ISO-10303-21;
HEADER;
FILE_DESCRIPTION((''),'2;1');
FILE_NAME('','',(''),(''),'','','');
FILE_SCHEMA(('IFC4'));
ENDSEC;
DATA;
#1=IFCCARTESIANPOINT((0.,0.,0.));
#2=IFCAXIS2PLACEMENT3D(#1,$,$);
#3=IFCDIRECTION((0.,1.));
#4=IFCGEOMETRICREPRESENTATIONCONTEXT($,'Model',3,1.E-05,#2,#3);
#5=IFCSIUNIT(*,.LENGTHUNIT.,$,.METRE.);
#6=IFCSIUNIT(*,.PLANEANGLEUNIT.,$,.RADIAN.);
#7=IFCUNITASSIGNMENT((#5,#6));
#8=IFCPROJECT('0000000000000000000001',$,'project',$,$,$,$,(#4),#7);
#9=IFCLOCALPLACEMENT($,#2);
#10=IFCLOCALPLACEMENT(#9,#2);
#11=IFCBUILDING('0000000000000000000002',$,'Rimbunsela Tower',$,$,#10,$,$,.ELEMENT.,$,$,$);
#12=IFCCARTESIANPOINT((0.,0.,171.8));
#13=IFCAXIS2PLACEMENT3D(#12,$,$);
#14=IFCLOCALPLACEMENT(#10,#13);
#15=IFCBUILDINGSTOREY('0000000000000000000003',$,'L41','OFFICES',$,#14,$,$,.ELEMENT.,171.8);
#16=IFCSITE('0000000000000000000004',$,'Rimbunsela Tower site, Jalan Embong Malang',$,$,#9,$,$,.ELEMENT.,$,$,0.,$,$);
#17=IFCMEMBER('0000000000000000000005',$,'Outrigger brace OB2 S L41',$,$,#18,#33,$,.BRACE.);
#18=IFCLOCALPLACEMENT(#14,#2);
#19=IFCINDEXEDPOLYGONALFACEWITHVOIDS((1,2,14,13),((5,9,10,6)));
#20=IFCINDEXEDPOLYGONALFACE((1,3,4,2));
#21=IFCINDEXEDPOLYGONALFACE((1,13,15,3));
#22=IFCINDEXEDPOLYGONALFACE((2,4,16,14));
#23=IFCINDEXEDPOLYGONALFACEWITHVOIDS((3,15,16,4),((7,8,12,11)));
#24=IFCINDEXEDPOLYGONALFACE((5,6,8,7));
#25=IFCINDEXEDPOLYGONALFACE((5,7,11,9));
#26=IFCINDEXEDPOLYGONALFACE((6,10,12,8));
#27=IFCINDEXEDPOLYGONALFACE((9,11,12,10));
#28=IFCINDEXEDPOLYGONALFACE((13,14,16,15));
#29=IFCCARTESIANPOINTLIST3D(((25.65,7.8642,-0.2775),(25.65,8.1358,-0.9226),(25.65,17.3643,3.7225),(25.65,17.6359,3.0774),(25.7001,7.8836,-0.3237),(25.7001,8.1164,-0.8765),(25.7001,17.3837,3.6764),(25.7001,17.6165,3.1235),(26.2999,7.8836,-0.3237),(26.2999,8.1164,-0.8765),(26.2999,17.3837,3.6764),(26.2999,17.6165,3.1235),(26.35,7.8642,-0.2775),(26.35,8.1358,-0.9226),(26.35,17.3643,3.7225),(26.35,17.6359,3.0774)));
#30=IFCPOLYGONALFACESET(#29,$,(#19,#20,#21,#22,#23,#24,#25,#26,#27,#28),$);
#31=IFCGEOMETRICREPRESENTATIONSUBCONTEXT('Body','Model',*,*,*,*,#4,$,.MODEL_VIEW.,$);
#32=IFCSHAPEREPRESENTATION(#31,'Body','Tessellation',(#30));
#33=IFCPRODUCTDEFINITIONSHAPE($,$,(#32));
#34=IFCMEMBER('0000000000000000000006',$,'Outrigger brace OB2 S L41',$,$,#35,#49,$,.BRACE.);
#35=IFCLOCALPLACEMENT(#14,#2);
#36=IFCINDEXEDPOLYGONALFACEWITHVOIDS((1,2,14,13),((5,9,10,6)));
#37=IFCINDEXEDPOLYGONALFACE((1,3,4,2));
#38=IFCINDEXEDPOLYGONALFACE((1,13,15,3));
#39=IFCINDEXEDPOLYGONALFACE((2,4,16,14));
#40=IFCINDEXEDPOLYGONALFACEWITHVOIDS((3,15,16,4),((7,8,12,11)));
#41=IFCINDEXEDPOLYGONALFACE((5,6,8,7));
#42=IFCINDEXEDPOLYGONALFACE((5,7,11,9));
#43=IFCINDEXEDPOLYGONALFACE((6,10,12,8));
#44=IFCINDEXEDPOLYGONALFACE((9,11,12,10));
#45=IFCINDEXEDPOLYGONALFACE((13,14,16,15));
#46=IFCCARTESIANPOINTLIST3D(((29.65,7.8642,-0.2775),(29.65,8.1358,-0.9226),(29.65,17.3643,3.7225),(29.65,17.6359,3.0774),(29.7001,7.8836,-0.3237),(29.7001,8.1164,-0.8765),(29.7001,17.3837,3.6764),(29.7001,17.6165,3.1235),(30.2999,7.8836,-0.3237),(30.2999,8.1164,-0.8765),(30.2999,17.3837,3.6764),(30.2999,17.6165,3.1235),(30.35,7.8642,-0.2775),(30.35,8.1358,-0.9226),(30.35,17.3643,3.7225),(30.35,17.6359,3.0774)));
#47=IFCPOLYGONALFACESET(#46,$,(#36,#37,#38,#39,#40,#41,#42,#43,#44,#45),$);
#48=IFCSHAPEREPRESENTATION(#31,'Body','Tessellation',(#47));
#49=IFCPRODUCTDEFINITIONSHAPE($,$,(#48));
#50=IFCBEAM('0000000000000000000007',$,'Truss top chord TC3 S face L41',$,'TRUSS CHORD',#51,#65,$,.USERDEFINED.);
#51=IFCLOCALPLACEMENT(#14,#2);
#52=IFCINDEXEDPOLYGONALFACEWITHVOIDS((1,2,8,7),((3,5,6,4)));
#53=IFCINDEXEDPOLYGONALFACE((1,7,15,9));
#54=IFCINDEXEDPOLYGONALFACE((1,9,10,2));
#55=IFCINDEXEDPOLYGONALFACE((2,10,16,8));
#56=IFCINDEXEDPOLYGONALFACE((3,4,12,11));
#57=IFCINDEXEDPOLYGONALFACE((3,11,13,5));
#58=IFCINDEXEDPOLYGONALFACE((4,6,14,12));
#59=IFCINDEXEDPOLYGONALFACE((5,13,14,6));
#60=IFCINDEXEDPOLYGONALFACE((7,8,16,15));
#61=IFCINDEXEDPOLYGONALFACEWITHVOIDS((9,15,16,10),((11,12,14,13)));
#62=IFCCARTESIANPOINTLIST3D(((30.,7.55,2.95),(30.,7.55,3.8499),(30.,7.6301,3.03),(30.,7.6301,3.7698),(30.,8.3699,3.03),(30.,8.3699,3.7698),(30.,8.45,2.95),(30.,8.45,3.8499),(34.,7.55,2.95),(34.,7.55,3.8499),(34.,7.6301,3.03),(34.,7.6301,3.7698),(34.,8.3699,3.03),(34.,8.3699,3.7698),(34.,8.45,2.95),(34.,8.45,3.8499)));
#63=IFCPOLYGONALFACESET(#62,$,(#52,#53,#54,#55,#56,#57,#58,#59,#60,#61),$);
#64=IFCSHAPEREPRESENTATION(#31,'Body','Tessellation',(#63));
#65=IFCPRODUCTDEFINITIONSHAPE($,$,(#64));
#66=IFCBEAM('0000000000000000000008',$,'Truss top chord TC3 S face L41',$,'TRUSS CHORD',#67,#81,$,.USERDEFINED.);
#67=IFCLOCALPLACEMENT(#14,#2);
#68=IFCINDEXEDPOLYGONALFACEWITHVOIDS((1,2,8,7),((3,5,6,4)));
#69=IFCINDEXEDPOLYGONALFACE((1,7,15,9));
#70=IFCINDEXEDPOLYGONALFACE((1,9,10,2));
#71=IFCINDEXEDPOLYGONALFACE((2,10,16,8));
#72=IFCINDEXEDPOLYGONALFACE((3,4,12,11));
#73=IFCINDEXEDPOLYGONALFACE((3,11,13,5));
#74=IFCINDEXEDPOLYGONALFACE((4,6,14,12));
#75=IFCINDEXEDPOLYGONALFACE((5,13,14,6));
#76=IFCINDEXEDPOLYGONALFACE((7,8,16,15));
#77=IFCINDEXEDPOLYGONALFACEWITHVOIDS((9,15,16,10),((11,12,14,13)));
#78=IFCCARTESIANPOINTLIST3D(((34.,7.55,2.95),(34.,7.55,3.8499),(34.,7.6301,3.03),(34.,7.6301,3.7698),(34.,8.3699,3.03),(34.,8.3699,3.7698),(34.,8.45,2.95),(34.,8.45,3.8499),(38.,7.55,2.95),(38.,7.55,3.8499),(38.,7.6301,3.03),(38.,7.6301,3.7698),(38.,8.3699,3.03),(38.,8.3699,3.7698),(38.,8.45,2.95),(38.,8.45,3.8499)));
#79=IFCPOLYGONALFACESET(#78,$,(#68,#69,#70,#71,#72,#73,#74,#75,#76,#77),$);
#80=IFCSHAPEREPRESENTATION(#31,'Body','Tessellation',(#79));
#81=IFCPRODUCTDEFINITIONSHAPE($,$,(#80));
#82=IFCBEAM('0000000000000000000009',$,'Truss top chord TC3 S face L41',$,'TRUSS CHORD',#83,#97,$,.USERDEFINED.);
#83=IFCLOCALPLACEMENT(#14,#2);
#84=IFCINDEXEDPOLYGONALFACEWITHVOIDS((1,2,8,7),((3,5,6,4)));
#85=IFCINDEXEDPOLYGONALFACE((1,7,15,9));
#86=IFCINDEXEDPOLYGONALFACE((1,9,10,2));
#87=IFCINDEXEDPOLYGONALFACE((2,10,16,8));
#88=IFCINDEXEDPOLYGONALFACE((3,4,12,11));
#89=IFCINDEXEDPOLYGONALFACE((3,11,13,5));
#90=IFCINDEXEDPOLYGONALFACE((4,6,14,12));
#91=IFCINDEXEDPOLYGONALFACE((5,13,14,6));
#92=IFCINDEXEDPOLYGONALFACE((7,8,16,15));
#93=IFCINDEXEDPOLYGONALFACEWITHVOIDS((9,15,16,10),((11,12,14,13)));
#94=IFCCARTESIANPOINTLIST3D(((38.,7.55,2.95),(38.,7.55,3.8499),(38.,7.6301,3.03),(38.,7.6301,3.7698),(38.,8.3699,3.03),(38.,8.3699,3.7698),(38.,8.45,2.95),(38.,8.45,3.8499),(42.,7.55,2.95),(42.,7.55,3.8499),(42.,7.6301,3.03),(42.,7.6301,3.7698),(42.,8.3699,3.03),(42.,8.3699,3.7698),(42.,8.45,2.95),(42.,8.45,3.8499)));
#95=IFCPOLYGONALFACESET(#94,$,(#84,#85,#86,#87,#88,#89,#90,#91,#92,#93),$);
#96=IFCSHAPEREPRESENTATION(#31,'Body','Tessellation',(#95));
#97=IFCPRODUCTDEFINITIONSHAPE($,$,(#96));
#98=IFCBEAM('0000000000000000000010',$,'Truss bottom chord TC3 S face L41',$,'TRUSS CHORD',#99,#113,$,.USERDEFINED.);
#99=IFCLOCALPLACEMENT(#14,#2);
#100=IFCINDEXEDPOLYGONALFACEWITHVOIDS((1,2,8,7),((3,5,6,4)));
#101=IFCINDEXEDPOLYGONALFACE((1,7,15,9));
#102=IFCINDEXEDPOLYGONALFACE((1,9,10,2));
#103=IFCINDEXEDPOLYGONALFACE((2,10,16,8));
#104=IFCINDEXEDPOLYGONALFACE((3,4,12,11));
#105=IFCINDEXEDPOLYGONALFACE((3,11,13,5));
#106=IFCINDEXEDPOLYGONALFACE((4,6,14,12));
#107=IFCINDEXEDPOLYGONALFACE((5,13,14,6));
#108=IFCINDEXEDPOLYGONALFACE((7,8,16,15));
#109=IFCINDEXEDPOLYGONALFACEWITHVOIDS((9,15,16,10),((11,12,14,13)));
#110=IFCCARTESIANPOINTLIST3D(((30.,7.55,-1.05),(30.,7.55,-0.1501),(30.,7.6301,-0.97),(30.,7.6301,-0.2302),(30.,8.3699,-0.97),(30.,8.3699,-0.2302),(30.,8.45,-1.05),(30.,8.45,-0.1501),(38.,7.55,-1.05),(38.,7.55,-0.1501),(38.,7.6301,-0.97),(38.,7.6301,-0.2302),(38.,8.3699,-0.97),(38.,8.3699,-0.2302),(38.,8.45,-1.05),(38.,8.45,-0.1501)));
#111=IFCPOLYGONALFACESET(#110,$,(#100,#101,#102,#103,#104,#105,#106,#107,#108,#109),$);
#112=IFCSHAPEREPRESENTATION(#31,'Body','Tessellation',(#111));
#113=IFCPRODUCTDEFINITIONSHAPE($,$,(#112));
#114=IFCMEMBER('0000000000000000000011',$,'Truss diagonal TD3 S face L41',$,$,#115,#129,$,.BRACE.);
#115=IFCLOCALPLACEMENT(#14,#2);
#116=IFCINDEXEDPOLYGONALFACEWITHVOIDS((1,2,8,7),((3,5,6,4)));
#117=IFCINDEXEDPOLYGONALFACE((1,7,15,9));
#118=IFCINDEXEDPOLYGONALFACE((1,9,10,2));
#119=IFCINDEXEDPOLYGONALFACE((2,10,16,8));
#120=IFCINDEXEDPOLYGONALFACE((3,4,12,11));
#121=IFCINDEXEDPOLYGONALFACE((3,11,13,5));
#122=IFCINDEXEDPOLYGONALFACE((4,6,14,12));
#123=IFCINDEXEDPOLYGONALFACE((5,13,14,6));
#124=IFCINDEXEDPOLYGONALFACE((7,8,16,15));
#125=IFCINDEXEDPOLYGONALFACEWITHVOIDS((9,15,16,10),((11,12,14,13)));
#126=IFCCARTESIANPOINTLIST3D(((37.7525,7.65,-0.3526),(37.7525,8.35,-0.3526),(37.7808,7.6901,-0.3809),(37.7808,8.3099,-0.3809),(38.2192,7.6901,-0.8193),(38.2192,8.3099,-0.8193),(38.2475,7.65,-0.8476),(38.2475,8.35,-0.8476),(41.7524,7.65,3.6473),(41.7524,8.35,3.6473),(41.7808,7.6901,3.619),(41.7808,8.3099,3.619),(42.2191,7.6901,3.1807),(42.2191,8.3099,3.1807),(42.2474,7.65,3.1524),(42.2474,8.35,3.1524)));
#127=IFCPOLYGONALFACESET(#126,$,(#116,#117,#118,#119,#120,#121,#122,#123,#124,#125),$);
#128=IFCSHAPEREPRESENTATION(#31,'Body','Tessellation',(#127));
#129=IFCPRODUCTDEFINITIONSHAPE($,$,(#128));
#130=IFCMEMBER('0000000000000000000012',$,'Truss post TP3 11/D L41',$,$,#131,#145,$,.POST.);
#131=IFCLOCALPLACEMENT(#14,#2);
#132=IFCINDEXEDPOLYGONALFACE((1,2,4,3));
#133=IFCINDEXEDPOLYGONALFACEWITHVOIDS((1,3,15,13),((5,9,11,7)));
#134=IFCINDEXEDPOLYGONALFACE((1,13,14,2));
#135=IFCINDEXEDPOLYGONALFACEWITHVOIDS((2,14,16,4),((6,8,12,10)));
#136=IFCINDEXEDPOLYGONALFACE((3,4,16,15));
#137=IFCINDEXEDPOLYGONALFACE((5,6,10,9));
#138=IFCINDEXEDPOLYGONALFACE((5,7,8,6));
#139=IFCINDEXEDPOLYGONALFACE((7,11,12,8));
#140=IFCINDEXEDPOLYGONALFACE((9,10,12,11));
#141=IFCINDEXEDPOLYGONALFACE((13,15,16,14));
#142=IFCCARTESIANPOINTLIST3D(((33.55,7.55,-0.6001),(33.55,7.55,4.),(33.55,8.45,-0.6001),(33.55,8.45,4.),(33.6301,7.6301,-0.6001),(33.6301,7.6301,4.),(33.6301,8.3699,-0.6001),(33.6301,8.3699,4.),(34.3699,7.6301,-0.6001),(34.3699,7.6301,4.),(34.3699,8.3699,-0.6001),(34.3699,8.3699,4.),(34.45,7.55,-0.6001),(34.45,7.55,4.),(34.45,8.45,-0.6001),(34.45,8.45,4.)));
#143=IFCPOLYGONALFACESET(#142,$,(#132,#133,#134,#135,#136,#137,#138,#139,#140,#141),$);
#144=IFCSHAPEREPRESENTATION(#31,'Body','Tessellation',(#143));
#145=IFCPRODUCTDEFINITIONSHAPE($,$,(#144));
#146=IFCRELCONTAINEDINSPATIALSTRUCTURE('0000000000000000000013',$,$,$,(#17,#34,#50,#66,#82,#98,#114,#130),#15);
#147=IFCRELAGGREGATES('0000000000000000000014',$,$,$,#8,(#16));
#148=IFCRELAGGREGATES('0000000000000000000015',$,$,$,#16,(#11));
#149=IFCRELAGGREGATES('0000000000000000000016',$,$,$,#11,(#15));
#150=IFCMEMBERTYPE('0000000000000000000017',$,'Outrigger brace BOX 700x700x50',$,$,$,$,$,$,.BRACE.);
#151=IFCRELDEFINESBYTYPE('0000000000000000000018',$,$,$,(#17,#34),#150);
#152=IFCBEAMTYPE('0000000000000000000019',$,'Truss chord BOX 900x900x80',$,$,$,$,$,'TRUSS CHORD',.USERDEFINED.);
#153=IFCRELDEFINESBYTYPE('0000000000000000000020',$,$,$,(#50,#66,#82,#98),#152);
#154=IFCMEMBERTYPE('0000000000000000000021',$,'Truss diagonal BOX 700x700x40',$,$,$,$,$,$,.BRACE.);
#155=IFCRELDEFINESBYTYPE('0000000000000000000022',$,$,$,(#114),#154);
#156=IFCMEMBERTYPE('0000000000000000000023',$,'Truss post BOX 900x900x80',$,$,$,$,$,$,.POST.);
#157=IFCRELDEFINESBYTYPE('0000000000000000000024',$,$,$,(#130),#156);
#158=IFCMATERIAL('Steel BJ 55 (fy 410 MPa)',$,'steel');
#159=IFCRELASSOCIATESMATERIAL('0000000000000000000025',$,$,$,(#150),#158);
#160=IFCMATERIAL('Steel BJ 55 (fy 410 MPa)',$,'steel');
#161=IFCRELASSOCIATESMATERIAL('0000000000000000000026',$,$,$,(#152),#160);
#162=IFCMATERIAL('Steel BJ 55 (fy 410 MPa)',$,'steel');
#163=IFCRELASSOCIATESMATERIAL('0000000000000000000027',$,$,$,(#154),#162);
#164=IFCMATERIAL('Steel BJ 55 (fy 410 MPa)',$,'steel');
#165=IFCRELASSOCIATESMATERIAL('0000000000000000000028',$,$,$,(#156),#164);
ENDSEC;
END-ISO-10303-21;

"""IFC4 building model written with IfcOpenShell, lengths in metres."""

from ifc_helpers import new_model, si_unit, direction, frame, origin, origin_2d, place, context, subcontext, project, spatial, hollow_rectangle, extrude, material, material_profile, profile_set, type_object, element, save


model = new_model("IFC4")

# Units and contexts
model_context = context("Model", 3, precision=1e-05, world=origin(), true_north=direction((0.0, 1.0)))
body_context = subcontext(model_context, "Body", "Model", "MODEL_VIEW")
ifc_project = project(units=[si_unit("LENGTHUNIT", "METRE"), si_unit("PLANEANGLEUNIT", "RADIAN")], contexts=[model_context])

# Site, building, storey
site_placement = place(None, origin())
site = spatial("IfcSite", under=ifc_project, at=site_placement, Name="Rimbunsela Tower site, Jalan Embong Malang", CompositionType="ELEMENT", RefElevation=0.0)
building_placement = place(site_placement, origin())
building = spatial("IfcBuilding", under=site, at=building_placement, Name="Rimbunsela Tower", CompositionType="ELEMENT")
storey_placement = place(building_placement, frame((0.0, 0.0, 171.8)))
storey = spatial("IfcBuildingStorey", under=building, at=storey_placement, Name="L41", Description="OFFICES", CompositionType="ELEMENT", Elevation=171.8)

# Members
ifc_material_1 = material(Name="Steel BJ 55 (fy 410 MPa)", Category="steel")
ifc_material_profile_1 = material_profile(ifc_material_1, hollow_rectangle(XDim=0.7, YDim=0.7, WallThickness=0.05, at=origin_2d()), Name="BOX 700x700x50")
ifc_profile_set_1 = profile_set([ifc_material_profile_1], Name="Steel BJ 55 (fy 410 MPa)")
member_type_1 = type_object("IfcMemberType", Name="Outrigger brace BOX 700x700x50", PredefinedType="BRACE", material=ifc_profile_set_1)
for number, where, z_axis, x_axis, name in (
    (1, (26.0, 8.0, -0.6001), (0.0, 0.921635, 0.388057), (-1.0, 0.0, 0.0), "Outrigger brace OB2 S L41"),
    (2, (30.0, 8.0, -0.6001), (0.0, 0.921635, 0.388057), (-1.0, 0.0, 0.0), "Outrigger brace OB2 S L41"),
):
    element("IfcMember", number, at=place(storey_placement, frame(where, z_axis=z_axis, x_axis=x_axis)), inside=storey, type_object=member_type_1, Name=name, PredefinedType="BRACE", context=body_context, shape_type="SweptSolid", body=[
        extrude(hollow_rectangle(XDim=0.7, YDim=0.7, WallThickness=0.05, at=origin_2d()), origin(), (0.0, 0.0, 1.0), 10.3079),
    ])

# Beams
ifc_material_2 = material(Name="Steel BJ 55 (fy 410 MPa)", Category="steel")
ifc_material_profile_2 = material_profile(ifc_material_2, hollow_rectangle(XDim=0.8999, YDim=0.8999, WallThickness=0.0801, at=origin_2d()), Name="BOX 900x900x80")
ifc_profile_set_2 = profile_set([ifc_material_profile_2], Name="Steel BJ 55 (fy 410 MPa)")
beam_type_1 = type_object("IfcBeamType", Name="Truss chord BOX 900x900x80", ElementType="TRUSS CHORD", PredefinedType="USERDEFINED", material=ifc_profile_set_2)
for number, where, z_axis, x_axis, name in (
    (3, (30.0, 8.0, 3.3999), (1.0, 0.0, 0.0), (0.0, 1.0, 0.0), "Truss top chord TC3 S face L41"),
    (4, (34.0, 8.0, 3.3999), (1.0, 0.0, 0.0), (0.0, 1.0, 0.0), "Truss top chord TC3 S face L41"),
    (5, (38.0, 8.0, 3.3999), (1.0, 0.0, 0.0), (0.0, 1.0, 0.0), "Truss top chord TC3 S face L41"),
):
    element("IfcBeam", number, at=place(storey_placement, frame(where, z_axis=z_axis, x_axis=x_axis)), inside=storey, type_object=beam_type_1, Name=name, ObjectType="TRUSS CHORD", PredefinedType="USERDEFINED", context=body_context, shape_type="SweptSolid", body=[
        extrude(hollow_rectangle(XDim=0.8999, YDim=0.8999, WallThickness=0.0801, at=origin_2d()), origin(), (0.0, 0.0, 1.0), 4.0),
    ])
beam_1_placement = place(storey_placement, frame((30.0, 8.0, -0.6001), z_axis=(1.0, 0.0, 0.0), x_axis=(0.0, 1.0, 0.0)))
element("IfcBeam", 6, at=beam_1_placement, inside=storey, type_object=beam_type_1, Name="Truss bottom chord TC3 S face L41", ObjectType="TRUSS CHORD", PredefinedType="USERDEFINED", context=body_context, shape_type="SweptSolid", body=[
    extrude(hollow_rectangle(XDim=0.8999, YDim=0.8999, WallThickness=0.0801, at=origin_2d()), origin(), (0.0, 0.0, 1.0), 8.0),
])

# Members
ifc_material_3 = material(Name="Steel BJ 55 (fy 410 MPa)", Category="steel")
ifc_material_profile_3 = material_profile(ifc_material_3, hollow_rectangle(XDim=0.7, YDim=0.7, WallThickness=0.04, at=origin_2d()), Name="BOX 700x700x40")
ifc_profile_set_3 = profile_set([ifc_material_profile_3], Name="Steel BJ 55 (fy 410 MPa)")
member_type_2 = type_object("IfcMemberType", Name="Truss diagonal BOX 700x700x40", PredefinedType="BRACE", material=ifc_profile_set_3)
member_1_placement = place(storey_placement, frame((38.0, 8.0, -0.6001), z_axis=(0.707107, 0.0, 0.707107), x_axis=(0.0, 1.0, 0.0)))
element("IfcMember", 7, at=member_1_placement, inside=storey, type_object=member_type_2, Name="Truss diagonal TD3 S face L41", PredefinedType="BRACE", context=body_context, shape_type="SweptSolid", body=[
    extrude(hollow_rectangle(XDim=0.7, YDim=0.7, WallThickness=0.04, at=origin_2d()), origin(), (0.0, 0.0, 1.0), 5.6567),
])
ifc_material_4 = material(Name="Steel BJ 55 (fy 410 MPa)", Category="steel")
ifc_material_profile_4 = material_profile(ifc_material_4, hollow_rectangle(XDim=0.8999, YDim=0.8999, WallThickness=0.0801, at=origin_2d()), Name="BOX 900x900x80")
ifc_profile_set_4 = profile_set([ifc_material_profile_4], Name="Steel BJ 55 (fy 410 MPa)")
member_type_3 = type_object("IfcMemberType", Name="Truss post BOX 900x900x80", PredefinedType="POST", material=ifc_profile_set_4)
member_2_placement = place(storey_placement, frame((34.0, 8.0, -0.6001), z_axis=(0.0, 0.0, 1.0), x_axis=(1.0, 0.0, 0.0)))
element("IfcMember", 8, at=member_2_placement, inside=storey, type_object=member_type_3, Name="Truss post TP3 11/D L41", PredefinedType="POST", context=body_context, shape_type="SweptSolid", body=[
    extrude(hollow_rectangle(XDim=0.8999, YDim=0.8999, WallThickness=0.0801, at=origin_2d()), origin(), (0.0, 0.0, 1.0), 4.6001),
])

save(model, "model.ifc")
